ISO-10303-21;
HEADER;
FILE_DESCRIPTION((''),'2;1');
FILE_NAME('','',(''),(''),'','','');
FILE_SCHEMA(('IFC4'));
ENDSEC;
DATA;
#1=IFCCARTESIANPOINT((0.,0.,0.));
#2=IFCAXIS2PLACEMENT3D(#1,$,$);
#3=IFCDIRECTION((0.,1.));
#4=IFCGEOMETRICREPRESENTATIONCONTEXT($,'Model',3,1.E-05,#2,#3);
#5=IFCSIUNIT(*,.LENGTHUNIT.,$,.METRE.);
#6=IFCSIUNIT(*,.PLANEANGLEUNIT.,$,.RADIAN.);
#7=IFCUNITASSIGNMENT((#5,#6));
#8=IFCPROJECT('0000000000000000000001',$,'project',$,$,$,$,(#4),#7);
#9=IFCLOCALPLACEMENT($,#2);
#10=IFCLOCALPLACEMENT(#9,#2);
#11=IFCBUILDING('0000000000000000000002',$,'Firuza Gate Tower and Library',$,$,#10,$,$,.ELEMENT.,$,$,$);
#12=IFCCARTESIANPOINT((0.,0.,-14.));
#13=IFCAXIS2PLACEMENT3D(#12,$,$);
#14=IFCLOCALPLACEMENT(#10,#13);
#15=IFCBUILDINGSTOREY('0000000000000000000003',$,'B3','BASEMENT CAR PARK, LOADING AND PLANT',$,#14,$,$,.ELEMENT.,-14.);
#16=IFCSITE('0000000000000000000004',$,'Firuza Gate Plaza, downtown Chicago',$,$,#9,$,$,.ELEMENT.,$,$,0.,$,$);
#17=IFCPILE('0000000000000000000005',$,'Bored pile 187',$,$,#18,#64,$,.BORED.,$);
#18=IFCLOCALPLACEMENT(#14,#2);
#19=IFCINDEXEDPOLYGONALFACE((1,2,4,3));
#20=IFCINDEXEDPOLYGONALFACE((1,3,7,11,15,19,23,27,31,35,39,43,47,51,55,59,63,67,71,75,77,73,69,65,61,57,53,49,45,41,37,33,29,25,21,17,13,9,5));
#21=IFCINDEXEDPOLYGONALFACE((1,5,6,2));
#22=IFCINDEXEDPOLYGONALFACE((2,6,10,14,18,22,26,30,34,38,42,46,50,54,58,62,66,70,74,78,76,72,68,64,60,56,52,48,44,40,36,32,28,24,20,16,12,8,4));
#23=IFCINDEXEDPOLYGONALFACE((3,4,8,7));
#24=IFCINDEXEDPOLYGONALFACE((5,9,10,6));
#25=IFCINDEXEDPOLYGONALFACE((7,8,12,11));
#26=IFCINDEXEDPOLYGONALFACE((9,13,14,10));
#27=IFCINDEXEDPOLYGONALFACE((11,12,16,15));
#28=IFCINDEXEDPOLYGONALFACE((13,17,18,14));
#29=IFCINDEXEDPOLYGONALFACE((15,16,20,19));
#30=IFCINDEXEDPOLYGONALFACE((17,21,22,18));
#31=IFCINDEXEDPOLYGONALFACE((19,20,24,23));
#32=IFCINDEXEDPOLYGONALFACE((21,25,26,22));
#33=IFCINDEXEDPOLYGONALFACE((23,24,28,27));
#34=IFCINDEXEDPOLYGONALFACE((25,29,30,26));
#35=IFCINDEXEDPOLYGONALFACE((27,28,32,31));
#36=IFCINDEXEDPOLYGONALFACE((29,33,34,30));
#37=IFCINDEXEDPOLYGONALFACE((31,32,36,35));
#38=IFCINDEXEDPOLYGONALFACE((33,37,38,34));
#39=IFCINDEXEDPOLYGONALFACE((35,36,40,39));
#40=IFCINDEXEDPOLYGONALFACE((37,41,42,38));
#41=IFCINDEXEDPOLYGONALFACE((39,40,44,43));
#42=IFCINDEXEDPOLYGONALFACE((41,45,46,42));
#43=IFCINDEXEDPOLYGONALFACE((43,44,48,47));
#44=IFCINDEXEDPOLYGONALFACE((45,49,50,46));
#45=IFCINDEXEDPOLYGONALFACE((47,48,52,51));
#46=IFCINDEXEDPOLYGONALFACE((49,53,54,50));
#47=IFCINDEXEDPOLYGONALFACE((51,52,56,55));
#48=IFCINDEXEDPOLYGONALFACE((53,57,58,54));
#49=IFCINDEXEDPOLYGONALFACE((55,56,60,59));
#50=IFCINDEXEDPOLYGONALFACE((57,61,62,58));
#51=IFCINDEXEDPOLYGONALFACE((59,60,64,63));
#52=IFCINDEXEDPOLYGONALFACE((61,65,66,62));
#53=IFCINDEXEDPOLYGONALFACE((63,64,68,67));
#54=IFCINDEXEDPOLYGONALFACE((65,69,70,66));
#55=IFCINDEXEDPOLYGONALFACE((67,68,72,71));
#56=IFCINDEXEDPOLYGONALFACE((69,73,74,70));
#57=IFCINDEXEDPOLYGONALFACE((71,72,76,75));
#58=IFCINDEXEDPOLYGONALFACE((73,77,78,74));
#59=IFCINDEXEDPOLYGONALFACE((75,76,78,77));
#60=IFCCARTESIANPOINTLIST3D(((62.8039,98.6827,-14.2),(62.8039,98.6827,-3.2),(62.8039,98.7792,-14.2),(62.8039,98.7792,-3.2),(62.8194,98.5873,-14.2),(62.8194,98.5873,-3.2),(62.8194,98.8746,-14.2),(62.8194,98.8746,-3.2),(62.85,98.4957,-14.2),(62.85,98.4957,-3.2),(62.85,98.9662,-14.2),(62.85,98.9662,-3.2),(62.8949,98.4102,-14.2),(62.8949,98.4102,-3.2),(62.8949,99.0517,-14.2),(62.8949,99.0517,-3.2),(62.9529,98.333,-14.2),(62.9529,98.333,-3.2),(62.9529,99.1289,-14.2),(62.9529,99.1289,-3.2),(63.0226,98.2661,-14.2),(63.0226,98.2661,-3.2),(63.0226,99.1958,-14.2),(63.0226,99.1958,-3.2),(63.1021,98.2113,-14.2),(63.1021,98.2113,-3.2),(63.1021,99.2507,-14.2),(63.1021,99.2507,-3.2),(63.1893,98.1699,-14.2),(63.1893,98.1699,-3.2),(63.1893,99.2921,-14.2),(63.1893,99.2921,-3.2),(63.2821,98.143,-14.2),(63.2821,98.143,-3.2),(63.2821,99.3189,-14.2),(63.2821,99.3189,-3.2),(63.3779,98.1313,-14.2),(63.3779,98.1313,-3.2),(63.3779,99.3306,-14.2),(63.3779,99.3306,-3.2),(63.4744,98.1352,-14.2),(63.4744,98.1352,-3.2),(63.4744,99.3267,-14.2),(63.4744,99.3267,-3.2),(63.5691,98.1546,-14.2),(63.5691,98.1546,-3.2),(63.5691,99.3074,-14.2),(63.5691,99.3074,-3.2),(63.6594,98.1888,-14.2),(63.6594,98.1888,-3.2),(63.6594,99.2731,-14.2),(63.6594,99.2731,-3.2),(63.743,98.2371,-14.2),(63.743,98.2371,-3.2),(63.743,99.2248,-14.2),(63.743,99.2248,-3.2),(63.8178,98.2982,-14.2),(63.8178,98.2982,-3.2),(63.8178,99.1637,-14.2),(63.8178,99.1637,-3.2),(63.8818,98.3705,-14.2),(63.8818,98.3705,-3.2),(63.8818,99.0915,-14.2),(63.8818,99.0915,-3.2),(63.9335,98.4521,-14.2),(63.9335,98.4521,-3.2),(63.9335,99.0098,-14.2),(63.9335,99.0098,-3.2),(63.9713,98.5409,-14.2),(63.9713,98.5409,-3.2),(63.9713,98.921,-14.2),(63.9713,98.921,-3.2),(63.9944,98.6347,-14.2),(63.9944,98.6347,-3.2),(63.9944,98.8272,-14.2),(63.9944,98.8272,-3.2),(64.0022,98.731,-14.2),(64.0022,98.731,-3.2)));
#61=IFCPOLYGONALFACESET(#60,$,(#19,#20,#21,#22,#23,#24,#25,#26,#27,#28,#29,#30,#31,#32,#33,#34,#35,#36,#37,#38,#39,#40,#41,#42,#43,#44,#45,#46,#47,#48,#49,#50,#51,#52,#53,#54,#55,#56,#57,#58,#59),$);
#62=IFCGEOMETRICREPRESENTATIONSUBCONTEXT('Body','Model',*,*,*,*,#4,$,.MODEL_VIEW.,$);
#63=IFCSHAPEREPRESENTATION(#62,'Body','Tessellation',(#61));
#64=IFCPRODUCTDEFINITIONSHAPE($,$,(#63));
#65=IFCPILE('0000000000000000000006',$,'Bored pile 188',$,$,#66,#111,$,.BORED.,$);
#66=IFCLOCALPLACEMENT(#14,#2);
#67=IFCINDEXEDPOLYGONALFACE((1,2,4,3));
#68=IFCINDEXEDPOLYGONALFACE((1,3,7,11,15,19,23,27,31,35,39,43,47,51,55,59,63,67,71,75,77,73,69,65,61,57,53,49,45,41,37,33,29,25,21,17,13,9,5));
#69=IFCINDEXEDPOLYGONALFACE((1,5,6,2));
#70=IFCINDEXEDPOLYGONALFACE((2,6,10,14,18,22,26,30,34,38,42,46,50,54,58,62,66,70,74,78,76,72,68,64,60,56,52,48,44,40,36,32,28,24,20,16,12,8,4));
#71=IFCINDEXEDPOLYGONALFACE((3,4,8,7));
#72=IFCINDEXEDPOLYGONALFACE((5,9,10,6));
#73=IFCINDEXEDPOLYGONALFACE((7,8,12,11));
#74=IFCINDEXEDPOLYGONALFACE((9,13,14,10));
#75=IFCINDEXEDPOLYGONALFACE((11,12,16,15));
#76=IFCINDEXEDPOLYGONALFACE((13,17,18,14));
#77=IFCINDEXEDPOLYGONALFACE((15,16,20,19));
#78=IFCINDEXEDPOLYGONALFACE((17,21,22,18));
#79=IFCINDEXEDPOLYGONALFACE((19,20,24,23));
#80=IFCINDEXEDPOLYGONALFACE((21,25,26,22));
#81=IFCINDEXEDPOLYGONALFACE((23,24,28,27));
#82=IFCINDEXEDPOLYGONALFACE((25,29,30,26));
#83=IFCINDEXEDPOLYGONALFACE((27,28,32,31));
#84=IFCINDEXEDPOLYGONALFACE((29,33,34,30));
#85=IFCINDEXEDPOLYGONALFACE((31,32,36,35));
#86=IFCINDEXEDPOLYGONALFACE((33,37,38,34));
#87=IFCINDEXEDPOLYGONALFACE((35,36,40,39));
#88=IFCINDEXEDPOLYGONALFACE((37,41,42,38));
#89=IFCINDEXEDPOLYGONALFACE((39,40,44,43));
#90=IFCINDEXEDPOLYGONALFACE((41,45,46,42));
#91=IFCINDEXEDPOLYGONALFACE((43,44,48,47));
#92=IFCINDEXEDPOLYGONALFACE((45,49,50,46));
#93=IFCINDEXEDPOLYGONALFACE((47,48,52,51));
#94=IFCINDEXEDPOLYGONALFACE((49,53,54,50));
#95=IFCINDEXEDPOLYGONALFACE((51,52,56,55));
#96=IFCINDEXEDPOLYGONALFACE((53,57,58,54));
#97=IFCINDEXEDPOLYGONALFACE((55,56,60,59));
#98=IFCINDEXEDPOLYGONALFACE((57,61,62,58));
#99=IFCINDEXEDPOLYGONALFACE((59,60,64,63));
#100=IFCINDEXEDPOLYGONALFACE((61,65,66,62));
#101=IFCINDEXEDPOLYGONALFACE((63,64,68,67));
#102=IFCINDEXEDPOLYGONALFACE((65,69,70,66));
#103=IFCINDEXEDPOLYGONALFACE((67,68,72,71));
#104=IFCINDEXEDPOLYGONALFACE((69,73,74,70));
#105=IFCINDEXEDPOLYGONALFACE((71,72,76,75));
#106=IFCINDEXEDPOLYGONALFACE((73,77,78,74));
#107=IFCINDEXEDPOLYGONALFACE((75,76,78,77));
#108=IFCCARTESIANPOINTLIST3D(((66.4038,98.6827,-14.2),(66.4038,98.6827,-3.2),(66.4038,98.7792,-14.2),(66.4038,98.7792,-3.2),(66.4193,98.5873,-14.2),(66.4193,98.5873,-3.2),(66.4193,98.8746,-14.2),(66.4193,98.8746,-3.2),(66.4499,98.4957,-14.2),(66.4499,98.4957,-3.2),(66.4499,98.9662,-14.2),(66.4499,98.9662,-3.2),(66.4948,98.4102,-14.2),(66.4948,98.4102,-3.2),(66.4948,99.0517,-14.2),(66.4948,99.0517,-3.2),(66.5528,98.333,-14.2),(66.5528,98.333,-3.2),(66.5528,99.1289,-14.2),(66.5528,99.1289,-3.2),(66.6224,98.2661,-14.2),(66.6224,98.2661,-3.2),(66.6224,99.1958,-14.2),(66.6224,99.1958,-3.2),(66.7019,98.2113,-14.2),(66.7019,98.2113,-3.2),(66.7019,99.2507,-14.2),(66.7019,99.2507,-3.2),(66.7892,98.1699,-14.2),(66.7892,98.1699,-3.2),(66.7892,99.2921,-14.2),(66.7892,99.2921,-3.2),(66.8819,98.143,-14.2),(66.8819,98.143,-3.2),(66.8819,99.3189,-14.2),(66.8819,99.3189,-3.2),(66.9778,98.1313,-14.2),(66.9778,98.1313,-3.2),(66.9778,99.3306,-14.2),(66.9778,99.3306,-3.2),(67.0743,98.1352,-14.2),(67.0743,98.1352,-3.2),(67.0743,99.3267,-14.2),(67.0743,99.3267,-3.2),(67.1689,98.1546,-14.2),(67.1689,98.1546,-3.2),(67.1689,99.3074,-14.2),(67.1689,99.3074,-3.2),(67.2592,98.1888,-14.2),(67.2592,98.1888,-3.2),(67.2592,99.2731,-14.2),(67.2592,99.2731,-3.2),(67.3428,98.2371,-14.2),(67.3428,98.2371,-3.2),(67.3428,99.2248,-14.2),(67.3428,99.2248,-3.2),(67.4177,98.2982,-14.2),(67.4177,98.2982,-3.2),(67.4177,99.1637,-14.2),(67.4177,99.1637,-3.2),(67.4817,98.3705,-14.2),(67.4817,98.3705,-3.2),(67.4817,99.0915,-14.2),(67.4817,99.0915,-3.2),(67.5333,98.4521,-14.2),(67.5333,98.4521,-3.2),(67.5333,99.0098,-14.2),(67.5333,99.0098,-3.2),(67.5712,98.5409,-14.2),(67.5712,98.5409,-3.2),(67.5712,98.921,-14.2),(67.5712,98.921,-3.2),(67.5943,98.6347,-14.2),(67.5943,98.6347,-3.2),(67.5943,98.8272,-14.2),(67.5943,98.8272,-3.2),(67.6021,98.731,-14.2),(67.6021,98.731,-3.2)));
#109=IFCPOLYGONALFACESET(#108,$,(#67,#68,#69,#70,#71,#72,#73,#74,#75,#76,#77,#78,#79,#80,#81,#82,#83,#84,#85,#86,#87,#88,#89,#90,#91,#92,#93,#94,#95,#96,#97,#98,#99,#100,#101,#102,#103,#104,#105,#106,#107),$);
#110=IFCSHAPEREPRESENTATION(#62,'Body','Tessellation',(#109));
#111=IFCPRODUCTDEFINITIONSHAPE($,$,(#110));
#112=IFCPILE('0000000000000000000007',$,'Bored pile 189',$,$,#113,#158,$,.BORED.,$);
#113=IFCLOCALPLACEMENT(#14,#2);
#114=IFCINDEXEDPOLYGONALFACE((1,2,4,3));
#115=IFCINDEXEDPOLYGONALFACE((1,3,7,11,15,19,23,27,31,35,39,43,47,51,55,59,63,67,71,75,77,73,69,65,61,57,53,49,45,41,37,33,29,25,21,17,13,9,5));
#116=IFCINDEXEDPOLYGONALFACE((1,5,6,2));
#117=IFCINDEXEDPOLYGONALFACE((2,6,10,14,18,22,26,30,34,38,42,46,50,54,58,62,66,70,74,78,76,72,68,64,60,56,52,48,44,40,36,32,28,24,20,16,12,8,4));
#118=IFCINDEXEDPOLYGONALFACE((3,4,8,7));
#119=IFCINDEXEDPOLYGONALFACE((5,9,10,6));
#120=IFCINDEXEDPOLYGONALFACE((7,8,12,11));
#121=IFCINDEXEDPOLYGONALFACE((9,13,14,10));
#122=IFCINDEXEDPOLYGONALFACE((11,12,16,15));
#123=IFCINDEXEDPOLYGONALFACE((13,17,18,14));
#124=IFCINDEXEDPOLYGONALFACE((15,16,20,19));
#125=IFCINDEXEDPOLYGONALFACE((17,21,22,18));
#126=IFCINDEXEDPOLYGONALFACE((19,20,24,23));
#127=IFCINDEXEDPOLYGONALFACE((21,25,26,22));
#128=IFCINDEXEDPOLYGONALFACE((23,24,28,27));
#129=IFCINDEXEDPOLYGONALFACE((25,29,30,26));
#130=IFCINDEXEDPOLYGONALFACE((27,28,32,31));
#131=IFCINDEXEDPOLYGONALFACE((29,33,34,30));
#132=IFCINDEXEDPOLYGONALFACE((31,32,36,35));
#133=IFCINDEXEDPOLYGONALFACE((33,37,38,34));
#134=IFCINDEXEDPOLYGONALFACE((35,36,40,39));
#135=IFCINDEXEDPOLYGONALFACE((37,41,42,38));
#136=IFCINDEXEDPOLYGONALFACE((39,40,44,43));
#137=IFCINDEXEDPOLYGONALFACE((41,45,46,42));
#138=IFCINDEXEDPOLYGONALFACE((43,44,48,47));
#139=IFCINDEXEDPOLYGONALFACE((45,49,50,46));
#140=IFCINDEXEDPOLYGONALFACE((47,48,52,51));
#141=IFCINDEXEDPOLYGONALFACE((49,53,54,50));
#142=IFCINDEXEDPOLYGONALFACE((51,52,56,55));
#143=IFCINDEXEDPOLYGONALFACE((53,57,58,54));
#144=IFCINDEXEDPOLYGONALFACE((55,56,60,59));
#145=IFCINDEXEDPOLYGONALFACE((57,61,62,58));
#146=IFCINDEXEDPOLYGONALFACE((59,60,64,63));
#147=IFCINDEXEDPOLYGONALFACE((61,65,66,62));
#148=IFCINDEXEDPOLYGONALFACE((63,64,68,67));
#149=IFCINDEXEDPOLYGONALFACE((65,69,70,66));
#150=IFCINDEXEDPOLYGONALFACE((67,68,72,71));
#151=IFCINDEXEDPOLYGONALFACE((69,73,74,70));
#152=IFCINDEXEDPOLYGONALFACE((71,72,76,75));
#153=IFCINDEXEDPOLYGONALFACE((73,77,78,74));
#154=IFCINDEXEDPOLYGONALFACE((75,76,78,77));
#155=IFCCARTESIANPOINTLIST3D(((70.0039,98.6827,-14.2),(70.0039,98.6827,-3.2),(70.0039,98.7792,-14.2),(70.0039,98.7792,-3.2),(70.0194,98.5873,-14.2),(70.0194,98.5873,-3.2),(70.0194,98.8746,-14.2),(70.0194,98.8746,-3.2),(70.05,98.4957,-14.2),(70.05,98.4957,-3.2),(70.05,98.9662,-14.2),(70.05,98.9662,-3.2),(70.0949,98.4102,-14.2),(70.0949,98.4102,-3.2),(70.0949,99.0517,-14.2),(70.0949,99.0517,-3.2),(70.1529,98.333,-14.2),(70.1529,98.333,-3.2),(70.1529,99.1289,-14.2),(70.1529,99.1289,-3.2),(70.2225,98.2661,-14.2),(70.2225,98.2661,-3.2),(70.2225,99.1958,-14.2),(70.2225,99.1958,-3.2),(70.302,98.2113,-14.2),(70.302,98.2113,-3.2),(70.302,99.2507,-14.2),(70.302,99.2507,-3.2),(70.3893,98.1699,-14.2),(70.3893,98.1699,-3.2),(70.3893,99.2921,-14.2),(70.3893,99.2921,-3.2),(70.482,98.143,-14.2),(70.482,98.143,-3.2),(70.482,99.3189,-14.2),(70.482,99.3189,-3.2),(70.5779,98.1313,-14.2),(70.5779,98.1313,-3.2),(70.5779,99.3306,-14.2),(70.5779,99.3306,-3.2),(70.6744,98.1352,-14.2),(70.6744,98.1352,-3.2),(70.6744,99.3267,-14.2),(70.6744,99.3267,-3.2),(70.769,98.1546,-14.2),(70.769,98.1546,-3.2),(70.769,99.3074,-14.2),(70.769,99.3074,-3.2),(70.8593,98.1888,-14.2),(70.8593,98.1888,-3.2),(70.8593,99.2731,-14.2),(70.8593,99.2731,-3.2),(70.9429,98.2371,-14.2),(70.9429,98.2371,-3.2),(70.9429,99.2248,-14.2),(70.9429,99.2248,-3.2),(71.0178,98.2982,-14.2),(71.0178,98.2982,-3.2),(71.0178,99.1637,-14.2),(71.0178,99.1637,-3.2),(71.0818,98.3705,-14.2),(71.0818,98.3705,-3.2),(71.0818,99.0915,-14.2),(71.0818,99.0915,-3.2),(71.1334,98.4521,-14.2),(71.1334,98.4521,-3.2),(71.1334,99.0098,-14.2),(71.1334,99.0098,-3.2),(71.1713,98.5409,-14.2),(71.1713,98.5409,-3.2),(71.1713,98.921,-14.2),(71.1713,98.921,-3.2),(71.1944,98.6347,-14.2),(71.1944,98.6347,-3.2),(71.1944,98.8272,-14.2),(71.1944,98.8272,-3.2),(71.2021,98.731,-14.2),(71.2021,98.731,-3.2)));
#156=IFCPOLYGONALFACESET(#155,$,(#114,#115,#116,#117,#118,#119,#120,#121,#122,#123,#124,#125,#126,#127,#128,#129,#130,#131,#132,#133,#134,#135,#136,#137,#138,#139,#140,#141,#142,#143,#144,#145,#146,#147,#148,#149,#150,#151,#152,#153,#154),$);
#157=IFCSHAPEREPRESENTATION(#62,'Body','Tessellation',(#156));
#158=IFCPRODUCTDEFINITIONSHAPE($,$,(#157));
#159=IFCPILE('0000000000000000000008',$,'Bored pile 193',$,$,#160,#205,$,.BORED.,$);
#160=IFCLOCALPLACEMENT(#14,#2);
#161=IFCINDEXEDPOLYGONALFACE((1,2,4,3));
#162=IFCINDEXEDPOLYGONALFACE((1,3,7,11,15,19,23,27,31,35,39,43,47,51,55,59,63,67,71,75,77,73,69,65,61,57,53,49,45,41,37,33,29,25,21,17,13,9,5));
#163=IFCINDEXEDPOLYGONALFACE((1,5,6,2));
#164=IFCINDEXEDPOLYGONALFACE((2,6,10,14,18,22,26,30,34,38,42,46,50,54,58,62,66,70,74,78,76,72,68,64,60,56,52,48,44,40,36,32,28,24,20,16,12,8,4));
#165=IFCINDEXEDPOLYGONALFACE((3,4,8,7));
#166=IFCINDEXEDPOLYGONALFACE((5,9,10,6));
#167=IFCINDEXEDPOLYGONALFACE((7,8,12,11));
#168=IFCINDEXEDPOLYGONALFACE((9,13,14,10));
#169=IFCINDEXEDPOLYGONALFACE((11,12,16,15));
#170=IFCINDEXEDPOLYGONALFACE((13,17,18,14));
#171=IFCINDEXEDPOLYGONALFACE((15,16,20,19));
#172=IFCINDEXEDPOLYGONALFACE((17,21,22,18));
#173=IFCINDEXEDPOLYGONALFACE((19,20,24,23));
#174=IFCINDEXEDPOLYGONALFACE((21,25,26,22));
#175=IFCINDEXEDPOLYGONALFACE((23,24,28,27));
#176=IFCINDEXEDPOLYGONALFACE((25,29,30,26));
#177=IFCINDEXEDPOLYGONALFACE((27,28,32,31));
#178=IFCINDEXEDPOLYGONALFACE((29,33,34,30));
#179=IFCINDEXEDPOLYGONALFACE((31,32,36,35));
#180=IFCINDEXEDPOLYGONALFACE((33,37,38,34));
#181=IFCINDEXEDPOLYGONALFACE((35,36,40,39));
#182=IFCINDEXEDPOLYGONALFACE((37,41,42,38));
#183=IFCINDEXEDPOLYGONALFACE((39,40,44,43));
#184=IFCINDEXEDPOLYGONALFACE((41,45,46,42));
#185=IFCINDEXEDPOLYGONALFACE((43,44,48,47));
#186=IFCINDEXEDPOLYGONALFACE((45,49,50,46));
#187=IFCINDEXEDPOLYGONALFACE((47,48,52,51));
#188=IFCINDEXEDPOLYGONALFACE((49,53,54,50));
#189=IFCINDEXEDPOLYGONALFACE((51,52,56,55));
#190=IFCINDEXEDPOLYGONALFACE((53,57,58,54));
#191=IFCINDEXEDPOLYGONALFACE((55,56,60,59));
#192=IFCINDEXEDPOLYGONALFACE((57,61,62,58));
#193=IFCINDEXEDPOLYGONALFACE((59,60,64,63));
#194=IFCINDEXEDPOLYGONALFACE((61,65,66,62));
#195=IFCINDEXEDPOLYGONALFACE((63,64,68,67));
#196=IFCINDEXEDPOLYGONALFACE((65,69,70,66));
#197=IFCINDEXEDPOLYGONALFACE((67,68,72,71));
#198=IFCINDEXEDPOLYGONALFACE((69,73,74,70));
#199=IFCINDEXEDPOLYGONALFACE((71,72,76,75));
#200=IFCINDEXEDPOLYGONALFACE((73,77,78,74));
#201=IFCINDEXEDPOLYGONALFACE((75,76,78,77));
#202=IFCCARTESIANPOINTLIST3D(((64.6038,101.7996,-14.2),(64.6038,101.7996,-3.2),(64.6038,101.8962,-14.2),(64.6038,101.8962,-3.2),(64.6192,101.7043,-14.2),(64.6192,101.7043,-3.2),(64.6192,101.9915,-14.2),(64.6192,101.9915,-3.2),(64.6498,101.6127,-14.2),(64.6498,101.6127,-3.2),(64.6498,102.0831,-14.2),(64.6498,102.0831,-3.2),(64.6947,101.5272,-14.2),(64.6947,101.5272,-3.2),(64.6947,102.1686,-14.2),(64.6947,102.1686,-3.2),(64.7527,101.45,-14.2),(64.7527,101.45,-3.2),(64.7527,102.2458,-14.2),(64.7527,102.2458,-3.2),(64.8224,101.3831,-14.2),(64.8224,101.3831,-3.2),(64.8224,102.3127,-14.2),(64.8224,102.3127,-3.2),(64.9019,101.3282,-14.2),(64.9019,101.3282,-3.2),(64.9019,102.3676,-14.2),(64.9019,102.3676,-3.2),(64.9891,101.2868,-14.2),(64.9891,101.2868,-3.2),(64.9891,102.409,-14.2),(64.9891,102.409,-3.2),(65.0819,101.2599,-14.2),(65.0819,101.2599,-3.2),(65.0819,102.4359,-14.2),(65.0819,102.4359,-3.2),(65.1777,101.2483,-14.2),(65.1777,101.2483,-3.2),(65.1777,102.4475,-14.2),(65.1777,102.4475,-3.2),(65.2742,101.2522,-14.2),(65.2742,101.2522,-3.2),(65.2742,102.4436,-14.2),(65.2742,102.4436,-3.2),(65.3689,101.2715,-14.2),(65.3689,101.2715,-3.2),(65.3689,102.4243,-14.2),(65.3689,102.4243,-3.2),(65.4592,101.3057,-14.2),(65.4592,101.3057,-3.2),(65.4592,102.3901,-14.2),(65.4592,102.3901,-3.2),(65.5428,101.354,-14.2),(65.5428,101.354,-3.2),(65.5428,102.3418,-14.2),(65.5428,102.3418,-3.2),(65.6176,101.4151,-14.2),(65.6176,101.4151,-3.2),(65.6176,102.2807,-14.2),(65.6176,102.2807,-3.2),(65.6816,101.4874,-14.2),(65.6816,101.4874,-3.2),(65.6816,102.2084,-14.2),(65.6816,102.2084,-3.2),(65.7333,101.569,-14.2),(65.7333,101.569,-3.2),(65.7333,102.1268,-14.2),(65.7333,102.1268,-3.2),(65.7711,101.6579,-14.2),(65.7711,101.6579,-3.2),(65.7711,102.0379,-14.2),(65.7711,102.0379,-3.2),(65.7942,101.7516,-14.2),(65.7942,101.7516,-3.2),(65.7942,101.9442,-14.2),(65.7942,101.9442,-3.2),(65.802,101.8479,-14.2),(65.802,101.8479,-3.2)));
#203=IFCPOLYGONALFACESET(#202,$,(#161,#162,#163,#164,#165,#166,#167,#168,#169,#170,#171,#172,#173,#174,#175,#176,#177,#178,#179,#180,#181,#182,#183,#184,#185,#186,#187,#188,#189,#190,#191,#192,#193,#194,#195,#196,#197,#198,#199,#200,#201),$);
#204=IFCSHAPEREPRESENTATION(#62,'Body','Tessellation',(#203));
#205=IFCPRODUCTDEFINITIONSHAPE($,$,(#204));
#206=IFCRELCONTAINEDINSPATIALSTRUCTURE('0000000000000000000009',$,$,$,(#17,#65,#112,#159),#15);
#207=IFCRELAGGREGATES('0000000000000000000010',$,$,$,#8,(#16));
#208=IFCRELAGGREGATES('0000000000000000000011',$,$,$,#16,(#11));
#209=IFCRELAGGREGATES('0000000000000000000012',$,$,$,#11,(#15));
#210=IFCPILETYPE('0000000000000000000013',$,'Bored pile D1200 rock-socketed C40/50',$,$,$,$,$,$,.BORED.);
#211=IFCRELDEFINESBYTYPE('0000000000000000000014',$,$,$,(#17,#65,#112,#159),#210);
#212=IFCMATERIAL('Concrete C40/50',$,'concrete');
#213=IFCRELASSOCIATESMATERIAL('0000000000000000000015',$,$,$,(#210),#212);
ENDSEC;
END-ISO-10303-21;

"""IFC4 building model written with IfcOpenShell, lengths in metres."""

from ifc_helpers import new_model, si_unit, direction, frame, origin, origin_2d, place, context, subcontext, project, spatial, circle, extrude, material, material_profile, profile_set, type_object, element, save


model = new_model("IFC4")

# Units and contexts
model_context = context("Model", 3, precision=1e-05, world=origin(), true_north=direction((0.0, 1.0)))
body_context = subcontext(model_context, "Body", "Model", "MODEL_VIEW")
ifc_project = project(units=[si_unit("LENGTHUNIT", "METRE"), si_unit("PLANEANGLEUNIT", "RADIAN")], contexts=[model_context])

# Site, building, storey
site_placement = place(None, origin())
site = spatial("IfcSite", under=ifc_project, at=site_placement, Name="Firuza Gate Plaza, downtown Chicago", CompositionType="ELEMENT", RefElevation=0.0)
building_placement = place(site_placement, origin())
building = spatial("IfcBuilding", under=site, at=building_placement, Name="Firuza Gate Tower and Library", CompositionType="ELEMENT")
storey_placement = place(building_placement, frame((0.0, 0.0, -14.0)))
storey = spatial("IfcBuildingStorey", under=building, at=storey_placement, Name="B3", Description="BASEMENT CAR PARK, LOADING AND PLANT", CompositionType="ELEMENT", Elevation=-14.0)

# Piles
ifc_material_1 = material(Name="Concrete C40/50", Category="concrete")
ifc_material_profile_1 = material_profile(ifc_material_1, circle(Radius=0.6001, at=origin_2d()))
ifc_profile_set_1 = profile_set([ifc_material_profile_1], Name="Concrete C40/50")
pile_type = type_object("IfcPileType", Name="Bored pile D1200 rock-socketed C40/50", PredefinedType="BORED", material=ifc_profile_set_1)
for number, where, z_axis, x_axis, name in (
    (1, (63.4021, 98.731, -3.2), (0.0, 0.0, -1.0), (1.0, 0.0, 0.0), "Bored pile 187"),
    (2, (67.002, 98.731, -3.2), (0.0, 0.0, -1.0), (1.0, 0.0, 0.0), "Bored pile 188"),
    (3, (70.6021, 98.731, -3.2), (0.0, 0.0, -1.0), (1.0, 0.0, 0.0), "Bored pile 189"),
    (4, (65.2019, 101.8479, -3.2), (0.0, 0.0, -1.0), (1.0, 0.0, 0.0), "Bored pile 193"),
):
    element("IfcPile", number, at=place(storey_placement, frame(where, z_axis=z_axis, x_axis=x_axis)), inside=storey, type_object=pile_type, Name=name, PredefinedType="BORED", context=body_context, shape_type="SweptSolid", body=[
        extrude(circle(Radius=0.6001, at=origin_2d()), origin(), (0.0, 0.0, 1.0), 11.0),
    ])

save(model, "model.ifc")
